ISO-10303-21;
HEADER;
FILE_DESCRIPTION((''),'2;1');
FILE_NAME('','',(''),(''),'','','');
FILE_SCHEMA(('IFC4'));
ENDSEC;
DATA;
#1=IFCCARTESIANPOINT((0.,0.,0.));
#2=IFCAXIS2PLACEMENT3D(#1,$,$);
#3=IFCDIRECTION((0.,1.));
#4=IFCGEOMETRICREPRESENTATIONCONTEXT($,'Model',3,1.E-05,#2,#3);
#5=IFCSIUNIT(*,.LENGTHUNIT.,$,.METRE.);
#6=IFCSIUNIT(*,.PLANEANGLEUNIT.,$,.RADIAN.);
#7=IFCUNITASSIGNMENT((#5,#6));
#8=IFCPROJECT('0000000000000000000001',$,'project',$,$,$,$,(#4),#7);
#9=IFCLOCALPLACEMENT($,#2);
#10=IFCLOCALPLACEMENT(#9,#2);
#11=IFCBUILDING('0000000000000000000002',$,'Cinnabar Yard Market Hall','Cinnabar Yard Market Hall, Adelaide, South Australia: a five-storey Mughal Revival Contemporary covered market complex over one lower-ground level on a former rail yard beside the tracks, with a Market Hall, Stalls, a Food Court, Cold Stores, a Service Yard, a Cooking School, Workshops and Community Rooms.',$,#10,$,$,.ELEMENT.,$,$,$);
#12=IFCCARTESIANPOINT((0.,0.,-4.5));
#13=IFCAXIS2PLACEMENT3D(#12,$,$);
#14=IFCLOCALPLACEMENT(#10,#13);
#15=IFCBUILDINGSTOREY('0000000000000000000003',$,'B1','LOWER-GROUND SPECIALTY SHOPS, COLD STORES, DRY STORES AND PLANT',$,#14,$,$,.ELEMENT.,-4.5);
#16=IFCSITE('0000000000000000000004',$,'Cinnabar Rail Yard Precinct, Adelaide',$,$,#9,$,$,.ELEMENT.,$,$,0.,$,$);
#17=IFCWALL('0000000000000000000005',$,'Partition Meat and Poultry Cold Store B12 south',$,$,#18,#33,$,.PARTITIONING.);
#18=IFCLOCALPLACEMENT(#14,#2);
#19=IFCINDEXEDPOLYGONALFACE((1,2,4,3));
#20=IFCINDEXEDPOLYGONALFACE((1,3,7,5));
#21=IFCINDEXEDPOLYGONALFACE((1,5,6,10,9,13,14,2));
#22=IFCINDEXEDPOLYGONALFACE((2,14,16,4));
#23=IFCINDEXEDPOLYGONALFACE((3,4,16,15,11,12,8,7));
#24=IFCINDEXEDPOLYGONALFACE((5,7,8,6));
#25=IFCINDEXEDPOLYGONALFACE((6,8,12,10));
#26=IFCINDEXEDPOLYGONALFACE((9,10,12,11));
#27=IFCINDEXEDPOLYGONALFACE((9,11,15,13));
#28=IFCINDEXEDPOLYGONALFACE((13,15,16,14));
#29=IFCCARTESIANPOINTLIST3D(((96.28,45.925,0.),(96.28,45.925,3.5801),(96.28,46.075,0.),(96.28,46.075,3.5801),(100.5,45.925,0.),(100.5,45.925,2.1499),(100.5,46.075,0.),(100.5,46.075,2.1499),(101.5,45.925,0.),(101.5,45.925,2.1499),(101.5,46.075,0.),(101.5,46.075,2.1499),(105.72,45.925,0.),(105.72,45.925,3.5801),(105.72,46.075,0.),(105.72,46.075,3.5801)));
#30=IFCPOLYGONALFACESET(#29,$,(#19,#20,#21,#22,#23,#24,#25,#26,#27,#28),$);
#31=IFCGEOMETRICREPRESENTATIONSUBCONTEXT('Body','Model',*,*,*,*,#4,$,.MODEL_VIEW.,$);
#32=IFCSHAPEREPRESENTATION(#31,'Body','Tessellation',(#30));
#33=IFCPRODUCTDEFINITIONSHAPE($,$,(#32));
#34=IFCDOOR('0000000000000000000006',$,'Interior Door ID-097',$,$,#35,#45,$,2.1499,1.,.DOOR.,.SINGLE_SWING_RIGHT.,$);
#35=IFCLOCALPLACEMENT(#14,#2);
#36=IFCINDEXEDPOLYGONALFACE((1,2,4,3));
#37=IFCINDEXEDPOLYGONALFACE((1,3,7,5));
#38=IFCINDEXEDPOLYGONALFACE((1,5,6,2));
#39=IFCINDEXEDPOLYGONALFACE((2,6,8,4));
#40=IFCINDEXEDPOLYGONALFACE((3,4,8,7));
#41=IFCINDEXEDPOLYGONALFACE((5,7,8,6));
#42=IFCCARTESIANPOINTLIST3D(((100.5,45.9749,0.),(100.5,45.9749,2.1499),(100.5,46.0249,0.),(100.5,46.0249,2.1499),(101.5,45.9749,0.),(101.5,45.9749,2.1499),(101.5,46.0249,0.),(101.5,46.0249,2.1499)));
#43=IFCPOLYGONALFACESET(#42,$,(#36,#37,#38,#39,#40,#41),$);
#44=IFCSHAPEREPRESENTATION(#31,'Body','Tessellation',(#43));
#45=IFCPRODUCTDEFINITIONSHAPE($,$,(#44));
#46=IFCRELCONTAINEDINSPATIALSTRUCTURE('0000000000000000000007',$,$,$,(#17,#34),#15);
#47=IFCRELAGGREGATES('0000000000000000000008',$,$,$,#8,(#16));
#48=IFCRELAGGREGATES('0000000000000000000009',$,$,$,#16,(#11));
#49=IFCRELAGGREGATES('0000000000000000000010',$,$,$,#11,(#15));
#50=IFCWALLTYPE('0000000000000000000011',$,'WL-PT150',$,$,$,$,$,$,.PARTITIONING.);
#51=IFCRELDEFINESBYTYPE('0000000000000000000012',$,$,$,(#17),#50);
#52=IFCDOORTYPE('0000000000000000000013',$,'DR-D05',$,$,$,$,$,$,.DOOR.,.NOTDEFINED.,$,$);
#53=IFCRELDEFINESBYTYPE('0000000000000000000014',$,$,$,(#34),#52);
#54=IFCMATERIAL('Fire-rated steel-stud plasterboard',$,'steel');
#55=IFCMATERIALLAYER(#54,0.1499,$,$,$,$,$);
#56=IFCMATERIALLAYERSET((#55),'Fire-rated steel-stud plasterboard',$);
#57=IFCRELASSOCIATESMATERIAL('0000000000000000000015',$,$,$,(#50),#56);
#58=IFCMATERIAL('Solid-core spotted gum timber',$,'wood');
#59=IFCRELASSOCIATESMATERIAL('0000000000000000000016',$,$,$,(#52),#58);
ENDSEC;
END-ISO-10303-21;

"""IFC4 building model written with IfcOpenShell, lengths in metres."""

from ifc_helpers import new_model, si_unit, direction, frame, frame_2d, origin, place, context, subcontext, project, spatial, rectangle, extrude, material, layer, layer_set, type_object, element, fill, save


model = new_model("IFC4")

# Units and contexts
model_context = context("Model", 3, precision=1e-05, world=origin(), true_north=direction((0.0, 1.0)))
body_context = subcontext(model_context, "Body", "Model", "MODEL_VIEW")
ifc_project = project(units=[si_unit("LENGTHUNIT", "METRE"), si_unit("PLANEANGLEUNIT", "RADIAN")], contexts=[model_context])

# Site, building, storey
site_placement = place(None, origin())
site = spatial("IfcSite", under=ifc_project, at=site_placement, Name="Cinnabar Rail Yard Precinct, Adelaide", CompositionType="ELEMENT", RefElevation=0.0)
building_placement = place(site_placement, origin())
building = spatial("IfcBuilding", under=site, at=building_placement, Name="Cinnabar Yard Market Hall", Description="Cinnabar Yard Market Hall, Adelaide, South Australia: a five-storey Mughal Revival Contemporary covered market complex over one lower-ground level on a former rail yard beside the tracks, with a Market Hall, Stalls, a Food Court, Cold Stores, a Service Yard, a Cooking School, Workshops and Community Rooms.", CompositionType="ELEMENT")
storey_placement = place(building_placement, frame((0.0, 0.0, -4.5)))
storey = spatial("IfcBuildingStorey", under=building, at=storey_placement, Name="B1", Description="LOWER-GROUND SPECIALTY SHOPS, COLD STORES, DRY STORES AND PLANT", CompositionType="ELEMENT", Elevation=-4.5)

# Wall, opening, door
ifc_material_1 = material(Name="Solid-core spotted gum timber", Category="wood")
ifc_material_2 = material(Name="Fire-rated steel-stud plasterboard", Category="steel")
ifc_layer_1 = layer(ifc_material_2, 0.1499)
ifc_layer_set_1 = layer_set([ifc_layer_1], Name="Fire-rated steel-stud plasterboard")
wall_type_1 = type_object("IfcWallType", Name="WL-PT150", PredefinedType="PARTITIONING", material=ifc_layer_set_1)
wall_1_placement = place(storey_placement, frame((96.28, 46.0, 0.0), z_axis=(0.0, 0.0, 1.0), x_axis=(1.0, 0.0, 0.0)))
wall_1 = element("IfcWall", 1, at=wall_1_placement, inside=storey, type_object=wall_type_1, Name="Partition Meat and Poultry Cold Store B12 south", PredefinedType="PARTITIONING", context=body_context, shape_type="SweptSolid", body=[
    extrude(rectangle(XDim=9.4399, YDim=0.1499, at=frame_2d((4.72, 0.0), x_axis=(1.0, 0.0))), origin(), (0.0, 0.0, 1.0), 3.5801),
])
opening_1_placement = place(wall_1_placement, frame((4.22, 0.0, 0.0)))
opening_1 = element("IfcOpeningElement", 2, at=opening_1_placement, cuts=wall_1, PredefinedType="OPENING", context=body_context, shape_type="SweptSolid", body=[
    extrude(rectangle(XDim=1.0, YDim=2.1499, at=frame_2d((0.5, 1.075), x_axis=(1.0, 0.0))), frame((0.0, 0.085, 0.0), z_axis=(0.0, -1.0, 0.0), x_axis=(1.0, 0.0, 0.0)), (0.0, 0.0, 1.0), 0.1699),
])
door_type_1 = type_object("IfcDoorType", Name="DR-D05", OperationType="NOTDEFINED", PredefinedType="DOOR", material=ifc_material_1)
door_1_placement = place(opening_1_placement, origin())
door_1 = element("IfcDoor", 3, at=door_1_placement, inside=storey, type_object=door_type_1, Name="Interior Door ID-097", OperationType="SINGLE_SWING_RIGHT", OverallHeight=2.1499, OverallWidth=1.0, PredefinedType="DOOR", context=body_context, shape_type="SweptSolid", body=[
    extrude(rectangle(XDim=1.0, YDim=2.1499, at=frame_2d((0.5, 1.075), x_axis=(1.0, 0.0))), frame((0.0, 0.0249, 0.0), z_axis=(0.0, -1.0, 0.0), x_axis=(1.0, 0.0, 0.0)), (0.0, 0.0, 1.0), 0.05),
])
fill(opening_1, door_1)

save(model, "model.ifc")
